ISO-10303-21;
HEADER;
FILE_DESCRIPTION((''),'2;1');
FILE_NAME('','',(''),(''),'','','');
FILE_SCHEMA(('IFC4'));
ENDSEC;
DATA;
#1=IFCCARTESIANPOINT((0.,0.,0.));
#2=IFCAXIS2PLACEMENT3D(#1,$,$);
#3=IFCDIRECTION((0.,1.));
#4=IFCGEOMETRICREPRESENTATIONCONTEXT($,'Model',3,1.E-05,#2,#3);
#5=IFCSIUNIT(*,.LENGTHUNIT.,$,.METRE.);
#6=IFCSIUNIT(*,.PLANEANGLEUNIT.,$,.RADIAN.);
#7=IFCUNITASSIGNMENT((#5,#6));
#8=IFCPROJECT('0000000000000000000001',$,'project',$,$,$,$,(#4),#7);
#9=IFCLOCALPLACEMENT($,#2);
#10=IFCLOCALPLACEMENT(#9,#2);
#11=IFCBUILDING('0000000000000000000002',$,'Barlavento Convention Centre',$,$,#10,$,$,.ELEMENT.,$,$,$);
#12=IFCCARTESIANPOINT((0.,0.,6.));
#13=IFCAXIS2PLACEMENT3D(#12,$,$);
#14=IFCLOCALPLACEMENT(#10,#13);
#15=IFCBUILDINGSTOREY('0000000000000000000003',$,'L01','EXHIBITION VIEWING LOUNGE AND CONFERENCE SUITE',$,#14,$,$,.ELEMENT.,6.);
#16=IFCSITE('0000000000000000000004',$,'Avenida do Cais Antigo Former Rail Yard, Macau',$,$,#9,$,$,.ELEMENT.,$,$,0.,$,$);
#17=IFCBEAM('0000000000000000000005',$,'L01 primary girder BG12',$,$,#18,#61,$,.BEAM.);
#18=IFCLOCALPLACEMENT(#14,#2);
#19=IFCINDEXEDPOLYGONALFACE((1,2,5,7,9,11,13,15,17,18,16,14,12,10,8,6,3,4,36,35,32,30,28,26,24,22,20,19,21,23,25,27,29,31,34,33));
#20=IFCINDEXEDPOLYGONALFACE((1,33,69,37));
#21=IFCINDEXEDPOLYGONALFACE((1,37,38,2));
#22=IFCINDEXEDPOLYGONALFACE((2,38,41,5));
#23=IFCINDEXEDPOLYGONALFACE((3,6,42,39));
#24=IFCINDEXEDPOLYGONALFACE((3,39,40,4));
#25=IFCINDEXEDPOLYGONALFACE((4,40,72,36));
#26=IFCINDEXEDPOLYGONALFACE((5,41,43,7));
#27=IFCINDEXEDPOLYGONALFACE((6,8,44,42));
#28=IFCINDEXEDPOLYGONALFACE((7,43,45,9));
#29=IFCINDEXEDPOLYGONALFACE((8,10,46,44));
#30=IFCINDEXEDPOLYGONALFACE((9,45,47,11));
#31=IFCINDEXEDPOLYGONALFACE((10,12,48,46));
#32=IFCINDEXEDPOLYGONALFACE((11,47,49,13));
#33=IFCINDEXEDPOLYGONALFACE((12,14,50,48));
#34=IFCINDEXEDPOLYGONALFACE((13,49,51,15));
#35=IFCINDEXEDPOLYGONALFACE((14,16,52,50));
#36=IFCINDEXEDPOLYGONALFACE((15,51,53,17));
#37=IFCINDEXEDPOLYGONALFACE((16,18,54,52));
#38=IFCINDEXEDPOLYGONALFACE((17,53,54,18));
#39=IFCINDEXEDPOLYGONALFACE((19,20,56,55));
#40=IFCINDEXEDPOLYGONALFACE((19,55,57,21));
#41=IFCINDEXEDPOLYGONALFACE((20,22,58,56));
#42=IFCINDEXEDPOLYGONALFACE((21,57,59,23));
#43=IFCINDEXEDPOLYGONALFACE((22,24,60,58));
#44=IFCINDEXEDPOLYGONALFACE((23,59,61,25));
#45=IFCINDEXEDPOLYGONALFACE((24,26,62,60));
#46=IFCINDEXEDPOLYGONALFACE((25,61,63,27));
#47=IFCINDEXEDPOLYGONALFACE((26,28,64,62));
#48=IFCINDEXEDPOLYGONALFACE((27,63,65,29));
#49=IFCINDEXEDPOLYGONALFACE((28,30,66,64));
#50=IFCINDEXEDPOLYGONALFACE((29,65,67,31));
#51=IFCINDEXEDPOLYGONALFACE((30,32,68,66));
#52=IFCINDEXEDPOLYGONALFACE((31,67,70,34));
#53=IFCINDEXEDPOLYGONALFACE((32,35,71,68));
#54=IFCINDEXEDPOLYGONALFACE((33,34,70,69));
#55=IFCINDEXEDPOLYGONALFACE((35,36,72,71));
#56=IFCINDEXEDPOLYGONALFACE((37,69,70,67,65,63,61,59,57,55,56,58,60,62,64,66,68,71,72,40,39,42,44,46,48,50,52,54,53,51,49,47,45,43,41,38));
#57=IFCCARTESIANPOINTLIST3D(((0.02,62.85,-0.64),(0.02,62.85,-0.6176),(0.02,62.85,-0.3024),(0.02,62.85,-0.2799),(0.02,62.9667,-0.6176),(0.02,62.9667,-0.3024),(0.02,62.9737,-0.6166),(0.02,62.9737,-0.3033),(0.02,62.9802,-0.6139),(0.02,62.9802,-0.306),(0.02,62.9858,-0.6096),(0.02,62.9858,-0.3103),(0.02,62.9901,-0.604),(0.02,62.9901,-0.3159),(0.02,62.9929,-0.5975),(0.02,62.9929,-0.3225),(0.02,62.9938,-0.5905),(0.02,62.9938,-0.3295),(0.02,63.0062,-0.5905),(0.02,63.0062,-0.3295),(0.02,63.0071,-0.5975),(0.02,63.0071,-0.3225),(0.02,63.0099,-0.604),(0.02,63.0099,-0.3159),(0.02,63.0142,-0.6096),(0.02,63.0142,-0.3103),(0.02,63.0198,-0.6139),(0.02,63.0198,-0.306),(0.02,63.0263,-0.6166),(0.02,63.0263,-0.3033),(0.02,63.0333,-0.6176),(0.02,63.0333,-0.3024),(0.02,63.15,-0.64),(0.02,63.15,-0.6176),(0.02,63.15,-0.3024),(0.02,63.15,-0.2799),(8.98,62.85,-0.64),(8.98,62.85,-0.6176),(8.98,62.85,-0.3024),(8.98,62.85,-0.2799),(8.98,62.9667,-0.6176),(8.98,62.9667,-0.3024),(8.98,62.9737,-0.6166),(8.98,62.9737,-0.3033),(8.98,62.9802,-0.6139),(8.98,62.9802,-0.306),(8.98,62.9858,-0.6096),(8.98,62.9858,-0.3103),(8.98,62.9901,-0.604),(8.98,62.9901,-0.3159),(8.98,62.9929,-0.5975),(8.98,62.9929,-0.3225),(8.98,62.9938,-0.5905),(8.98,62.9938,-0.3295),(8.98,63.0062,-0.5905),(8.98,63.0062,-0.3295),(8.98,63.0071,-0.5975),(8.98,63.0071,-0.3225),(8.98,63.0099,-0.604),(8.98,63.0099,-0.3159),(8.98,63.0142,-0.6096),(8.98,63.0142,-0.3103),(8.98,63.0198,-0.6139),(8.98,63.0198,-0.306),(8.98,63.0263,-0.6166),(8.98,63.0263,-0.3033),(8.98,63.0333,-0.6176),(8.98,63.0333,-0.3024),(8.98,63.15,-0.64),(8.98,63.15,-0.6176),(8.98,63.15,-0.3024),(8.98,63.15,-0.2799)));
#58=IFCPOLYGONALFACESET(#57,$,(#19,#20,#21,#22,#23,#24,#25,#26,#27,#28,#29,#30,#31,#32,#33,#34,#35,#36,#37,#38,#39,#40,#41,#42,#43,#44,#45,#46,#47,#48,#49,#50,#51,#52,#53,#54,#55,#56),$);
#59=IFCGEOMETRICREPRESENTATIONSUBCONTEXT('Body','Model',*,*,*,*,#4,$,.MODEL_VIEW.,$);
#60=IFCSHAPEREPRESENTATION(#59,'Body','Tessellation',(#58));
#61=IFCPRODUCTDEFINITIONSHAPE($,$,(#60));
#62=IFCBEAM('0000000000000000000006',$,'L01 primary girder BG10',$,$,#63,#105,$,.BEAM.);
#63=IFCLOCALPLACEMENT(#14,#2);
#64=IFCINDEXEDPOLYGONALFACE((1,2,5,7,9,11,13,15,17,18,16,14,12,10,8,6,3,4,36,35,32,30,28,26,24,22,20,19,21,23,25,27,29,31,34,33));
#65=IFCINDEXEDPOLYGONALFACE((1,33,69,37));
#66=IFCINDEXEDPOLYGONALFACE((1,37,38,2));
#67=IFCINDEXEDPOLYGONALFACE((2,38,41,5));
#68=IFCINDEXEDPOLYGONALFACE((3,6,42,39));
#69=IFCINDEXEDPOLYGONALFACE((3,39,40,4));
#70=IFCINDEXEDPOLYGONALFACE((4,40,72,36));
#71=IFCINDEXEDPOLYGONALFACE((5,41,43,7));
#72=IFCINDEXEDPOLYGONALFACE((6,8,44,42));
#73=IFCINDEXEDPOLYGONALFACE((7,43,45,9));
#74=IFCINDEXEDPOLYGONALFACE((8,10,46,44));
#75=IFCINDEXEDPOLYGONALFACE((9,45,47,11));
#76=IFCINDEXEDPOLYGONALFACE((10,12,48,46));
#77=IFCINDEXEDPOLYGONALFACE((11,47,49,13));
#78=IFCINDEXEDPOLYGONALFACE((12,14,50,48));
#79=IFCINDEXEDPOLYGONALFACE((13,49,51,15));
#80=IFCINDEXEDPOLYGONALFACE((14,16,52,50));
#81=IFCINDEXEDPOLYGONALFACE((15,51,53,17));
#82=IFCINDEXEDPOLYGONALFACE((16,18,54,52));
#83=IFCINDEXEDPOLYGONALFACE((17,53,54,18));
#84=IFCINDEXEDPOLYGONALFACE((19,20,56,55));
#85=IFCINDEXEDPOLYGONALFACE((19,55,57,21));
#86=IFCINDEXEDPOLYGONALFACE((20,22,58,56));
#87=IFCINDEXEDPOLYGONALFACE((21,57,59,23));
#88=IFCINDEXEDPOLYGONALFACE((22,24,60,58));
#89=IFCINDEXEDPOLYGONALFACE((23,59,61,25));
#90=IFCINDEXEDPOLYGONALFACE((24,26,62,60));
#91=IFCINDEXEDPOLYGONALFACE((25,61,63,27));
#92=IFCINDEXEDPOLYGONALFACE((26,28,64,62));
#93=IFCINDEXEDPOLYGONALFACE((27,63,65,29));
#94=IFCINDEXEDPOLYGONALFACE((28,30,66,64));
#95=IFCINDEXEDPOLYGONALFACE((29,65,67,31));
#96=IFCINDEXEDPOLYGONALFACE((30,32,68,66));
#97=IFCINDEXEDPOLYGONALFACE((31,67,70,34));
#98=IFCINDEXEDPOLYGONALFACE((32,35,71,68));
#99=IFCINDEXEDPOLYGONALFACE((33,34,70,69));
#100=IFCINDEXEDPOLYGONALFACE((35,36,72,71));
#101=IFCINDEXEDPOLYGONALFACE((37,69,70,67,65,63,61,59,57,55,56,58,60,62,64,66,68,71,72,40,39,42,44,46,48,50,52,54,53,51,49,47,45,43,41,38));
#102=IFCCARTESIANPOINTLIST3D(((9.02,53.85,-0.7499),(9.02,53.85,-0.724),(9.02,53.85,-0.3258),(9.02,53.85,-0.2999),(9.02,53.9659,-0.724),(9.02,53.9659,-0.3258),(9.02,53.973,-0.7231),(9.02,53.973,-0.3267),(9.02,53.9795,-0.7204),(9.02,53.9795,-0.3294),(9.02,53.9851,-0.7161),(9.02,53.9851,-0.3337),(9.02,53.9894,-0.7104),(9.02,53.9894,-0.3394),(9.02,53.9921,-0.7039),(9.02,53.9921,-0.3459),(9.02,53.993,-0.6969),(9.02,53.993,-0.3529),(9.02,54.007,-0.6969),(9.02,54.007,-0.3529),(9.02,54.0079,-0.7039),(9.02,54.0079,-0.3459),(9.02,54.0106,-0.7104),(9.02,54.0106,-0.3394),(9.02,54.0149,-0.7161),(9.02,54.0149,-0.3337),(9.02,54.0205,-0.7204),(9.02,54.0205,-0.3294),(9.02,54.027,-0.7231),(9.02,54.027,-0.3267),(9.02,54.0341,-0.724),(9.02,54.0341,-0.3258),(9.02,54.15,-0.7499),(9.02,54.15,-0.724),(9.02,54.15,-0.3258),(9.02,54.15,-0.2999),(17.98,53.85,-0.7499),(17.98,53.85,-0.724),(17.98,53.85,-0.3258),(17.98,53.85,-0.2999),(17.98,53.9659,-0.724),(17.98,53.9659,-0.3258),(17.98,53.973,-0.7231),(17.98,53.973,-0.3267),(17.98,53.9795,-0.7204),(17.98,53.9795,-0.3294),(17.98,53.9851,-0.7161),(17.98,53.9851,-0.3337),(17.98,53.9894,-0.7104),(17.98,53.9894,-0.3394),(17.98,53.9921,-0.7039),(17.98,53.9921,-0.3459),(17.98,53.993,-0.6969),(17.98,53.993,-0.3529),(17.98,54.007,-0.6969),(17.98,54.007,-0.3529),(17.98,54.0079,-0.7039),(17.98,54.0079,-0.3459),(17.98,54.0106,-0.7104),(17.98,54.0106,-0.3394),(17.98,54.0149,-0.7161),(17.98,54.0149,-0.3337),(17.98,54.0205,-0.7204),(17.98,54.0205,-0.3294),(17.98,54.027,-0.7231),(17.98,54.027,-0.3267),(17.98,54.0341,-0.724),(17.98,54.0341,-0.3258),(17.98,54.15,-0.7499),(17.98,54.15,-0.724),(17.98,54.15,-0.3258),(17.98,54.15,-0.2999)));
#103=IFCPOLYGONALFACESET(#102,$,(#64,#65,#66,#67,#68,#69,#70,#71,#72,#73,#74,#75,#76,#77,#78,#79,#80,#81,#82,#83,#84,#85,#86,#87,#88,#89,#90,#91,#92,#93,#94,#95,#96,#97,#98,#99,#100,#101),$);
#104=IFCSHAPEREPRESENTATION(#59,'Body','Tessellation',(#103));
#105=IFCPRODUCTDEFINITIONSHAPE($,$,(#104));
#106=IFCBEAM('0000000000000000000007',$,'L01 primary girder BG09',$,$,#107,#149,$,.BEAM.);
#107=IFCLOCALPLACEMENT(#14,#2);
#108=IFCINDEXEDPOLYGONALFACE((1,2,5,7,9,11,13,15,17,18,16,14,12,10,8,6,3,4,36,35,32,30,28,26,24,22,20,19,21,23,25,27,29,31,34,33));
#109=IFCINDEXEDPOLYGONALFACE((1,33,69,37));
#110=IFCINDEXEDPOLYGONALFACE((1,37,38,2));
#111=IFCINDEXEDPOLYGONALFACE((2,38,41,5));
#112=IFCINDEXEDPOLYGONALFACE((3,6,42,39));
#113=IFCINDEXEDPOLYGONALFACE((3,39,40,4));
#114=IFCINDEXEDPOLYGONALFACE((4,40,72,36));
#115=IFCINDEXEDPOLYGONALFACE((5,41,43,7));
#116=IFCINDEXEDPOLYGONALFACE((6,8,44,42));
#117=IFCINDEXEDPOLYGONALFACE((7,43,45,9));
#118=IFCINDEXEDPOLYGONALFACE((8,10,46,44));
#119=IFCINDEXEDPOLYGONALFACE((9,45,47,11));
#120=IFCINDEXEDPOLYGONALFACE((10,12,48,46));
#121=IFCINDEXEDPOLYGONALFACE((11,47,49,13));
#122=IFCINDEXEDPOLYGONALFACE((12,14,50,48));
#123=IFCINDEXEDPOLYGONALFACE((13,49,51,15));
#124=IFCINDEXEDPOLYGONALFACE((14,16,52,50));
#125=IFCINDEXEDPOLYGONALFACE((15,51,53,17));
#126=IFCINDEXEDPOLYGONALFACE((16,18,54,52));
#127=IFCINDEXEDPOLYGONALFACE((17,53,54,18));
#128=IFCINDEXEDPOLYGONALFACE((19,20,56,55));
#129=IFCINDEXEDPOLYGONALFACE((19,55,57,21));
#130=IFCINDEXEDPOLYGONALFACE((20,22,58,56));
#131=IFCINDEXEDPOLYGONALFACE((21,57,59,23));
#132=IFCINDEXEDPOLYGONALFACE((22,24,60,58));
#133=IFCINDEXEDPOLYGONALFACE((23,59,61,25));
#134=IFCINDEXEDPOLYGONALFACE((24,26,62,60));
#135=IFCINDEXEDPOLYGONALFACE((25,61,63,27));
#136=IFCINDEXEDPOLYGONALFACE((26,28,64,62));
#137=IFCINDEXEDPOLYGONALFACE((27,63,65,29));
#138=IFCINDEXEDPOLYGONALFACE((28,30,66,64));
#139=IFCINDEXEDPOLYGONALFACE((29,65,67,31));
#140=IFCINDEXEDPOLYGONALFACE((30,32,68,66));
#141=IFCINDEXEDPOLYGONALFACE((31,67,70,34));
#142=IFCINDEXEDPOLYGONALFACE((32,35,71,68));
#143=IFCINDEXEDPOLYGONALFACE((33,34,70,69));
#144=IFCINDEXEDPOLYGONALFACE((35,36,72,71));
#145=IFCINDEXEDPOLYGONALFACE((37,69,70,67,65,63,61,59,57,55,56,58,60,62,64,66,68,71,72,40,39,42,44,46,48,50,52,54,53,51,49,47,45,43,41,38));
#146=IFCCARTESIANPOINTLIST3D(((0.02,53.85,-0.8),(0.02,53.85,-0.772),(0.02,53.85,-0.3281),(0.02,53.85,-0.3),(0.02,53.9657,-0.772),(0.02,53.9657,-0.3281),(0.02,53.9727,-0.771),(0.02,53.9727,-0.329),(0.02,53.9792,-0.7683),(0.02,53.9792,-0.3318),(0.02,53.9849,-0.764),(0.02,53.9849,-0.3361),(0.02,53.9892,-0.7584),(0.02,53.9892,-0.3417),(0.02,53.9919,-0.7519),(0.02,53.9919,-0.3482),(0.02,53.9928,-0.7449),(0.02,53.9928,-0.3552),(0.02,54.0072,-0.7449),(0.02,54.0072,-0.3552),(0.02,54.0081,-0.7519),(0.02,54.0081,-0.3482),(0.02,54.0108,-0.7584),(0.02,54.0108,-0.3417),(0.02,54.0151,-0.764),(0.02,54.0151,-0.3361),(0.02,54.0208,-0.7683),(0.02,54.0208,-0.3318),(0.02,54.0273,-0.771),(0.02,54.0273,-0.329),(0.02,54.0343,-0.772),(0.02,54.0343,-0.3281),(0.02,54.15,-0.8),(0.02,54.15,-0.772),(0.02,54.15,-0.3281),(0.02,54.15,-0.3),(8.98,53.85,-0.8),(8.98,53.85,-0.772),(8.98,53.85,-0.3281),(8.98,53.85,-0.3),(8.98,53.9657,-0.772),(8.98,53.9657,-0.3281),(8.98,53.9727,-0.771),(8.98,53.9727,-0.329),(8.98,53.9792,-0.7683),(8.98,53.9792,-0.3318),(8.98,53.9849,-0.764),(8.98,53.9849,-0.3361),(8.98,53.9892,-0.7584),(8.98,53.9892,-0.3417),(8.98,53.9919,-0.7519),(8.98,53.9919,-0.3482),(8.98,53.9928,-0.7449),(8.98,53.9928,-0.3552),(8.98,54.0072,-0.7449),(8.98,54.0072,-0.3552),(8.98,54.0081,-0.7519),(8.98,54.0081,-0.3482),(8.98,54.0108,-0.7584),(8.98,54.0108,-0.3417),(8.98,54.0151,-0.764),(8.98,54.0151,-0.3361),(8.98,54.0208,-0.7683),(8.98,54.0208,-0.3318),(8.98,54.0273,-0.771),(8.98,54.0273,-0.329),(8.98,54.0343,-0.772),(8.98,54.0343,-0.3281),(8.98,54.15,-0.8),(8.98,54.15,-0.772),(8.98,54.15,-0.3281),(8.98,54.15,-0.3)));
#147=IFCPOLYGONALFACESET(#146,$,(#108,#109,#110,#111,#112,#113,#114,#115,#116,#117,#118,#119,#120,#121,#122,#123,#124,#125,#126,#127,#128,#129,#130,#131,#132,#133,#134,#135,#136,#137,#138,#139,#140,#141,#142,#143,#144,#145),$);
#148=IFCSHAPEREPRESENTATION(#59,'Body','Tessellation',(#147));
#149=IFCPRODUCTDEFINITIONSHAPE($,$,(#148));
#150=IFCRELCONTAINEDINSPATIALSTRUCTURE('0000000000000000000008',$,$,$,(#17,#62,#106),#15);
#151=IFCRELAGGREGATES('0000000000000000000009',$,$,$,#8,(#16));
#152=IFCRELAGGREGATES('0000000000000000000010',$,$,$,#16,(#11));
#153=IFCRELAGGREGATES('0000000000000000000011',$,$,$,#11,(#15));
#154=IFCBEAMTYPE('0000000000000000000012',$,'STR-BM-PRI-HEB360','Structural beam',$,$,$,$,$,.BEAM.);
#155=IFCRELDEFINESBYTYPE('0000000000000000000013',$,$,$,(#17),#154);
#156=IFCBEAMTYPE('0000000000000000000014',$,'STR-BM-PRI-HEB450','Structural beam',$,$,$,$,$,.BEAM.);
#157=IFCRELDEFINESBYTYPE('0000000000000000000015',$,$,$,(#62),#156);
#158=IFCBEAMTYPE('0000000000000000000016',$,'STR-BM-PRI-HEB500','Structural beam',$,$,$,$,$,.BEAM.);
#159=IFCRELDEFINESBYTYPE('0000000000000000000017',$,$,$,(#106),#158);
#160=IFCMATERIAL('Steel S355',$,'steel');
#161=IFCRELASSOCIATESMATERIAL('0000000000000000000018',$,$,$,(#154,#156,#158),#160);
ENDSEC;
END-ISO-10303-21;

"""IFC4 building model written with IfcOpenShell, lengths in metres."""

from ifc_helpers import new_model, si_unit, direction, frame, origin, origin_2d, place, context, subcontext, project, spatial, i_section, extrude, material, material_profile, profile_set, type_object, element, save


model = new_model("IFC4")

# Units and contexts
model_context = context("Model", 3, precision=1e-05, world=origin(), true_north=direction((0.0, 1.0)))
body_context = subcontext(model_context, "Body", "Model", "MODEL_VIEW")
ifc_project = project(units=[si_unit("LENGTHUNIT", "METRE"), si_unit("PLANEANGLEUNIT", "RADIAN")], contexts=[model_context])

# Site, building, storey
site_placement = place(None, origin())
site = spatial("IfcSite", under=ifc_project, at=site_placement, Name="Avenida do Cais Antigo Former Rail Yard, Macau", CompositionType="ELEMENT", RefElevation=0.0)
building_placement = place(site_placement, origin())
building = spatial("IfcBuilding", under=site, at=building_placement, Name="Barlavento Convention Centre", CompositionType="ELEMENT")
storey_placement = place(building_placement, frame((0.0, 0.0, 6.0)))
storey = spatial("IfcBuildingStorey", under=building, at=storey_placement, Name="L01", Description="EXHIBITION VIEWING LOUNGE AND CONFERENCE SUITE", CompositionType="ELEMENT", Elevation=6.0)

# Shared definitions
ifc_material_1 = material(Name="Steel S355", Category="steel")

# Beams
ifc_material_profile_1 = material_profile(ifc_material_1, i_section(OverallWidth=0.3, OverallDepth=0.3601, WebThickness=0.0125, FlangeThickness=0.0225, FilletRadius=0.0271, at=origin_2d()), Name="HEB 360")
ifc_profile_set_1 = profile_set([ifc_material_profile_1], Name="Steel S355")
beam_type_1 = type_object("IfcBeamType", Name="STR-BM-PRI-HEB360", Description="Structural beam", PredefinedType="BEAM", material=ifc_profile_set_1)
beam_1_placement = place(storey_placement, frame((0.02, 63.0, -0.46), z_axis=(1.0, 0.0, 0.0), x_axis=(0.0, 1.0, 0.0)))
element("IfcBeam", 1, at=beam_1_placement, inside=storey, type_object=beam_type_1, Name="L01 primary girder BG12", PredefinedType="BEAM", context=body_context, shape_type="SweptSolid", body=[
    extrude(i_section(OverallWidth=0.3, OverallDepth=0.3601, WebThickness=0.0125, FlangeThickness=0.0225, FilletRadius=0.0271, at=origin_2d()), origin(), (0.0, 0.0, 1.0), 8.96),
])
ifc_material_profile_2 = material_profile(ifc_material_1, i_section(OverallWidth=0.3, OverallDepth=0.45, WebThickness=0.0139, FlangeThickness=0.0259, FilletRadius=0.0271, at=origin_2d()), Name="HEB 450")
ifc_profile_set_2 = profile_set([ifc_material_profile_2], Name="Steel S355")
beam_type_2 = type_object("IfcBeamType", Name="STR-BM-PRI-HEB450", Description="Structural beam", PredefinedType="BEAM", material=ifc_profile_set_2)
beam_2_placement = place(storey_placement, frame((9.02, 54.0, -0.5249), z_axis=(1.0, 0.0, 0.0), x_axis=(0.0, 1.0, 0.0)))
element("IfcBeam", 2, at=beam_2_placement, inside=storey, type_object=beam_type_2, Name="L01 primary girder BG10", PredefinedType="BEAM", context=body_context, shape_type="SweptSolid", body=[
    extrude(i_section(OverallWidth=0.3, OverallDepth=0.45, WebThickness=0.0139, FlangeThickness=0.0259, FilletRadius=0.0271, at=origin_2d()), origin(), (0.0, 0.0, 1.0), 8.96),
])
ifc_material_profile_3 = material_profile(ifc_material_1, i_section(OverallWidth=0.3, OverallDepth=0.5, WebThickness=0.0144, FlangeThickness=0.0281, FilletRadius=0.0271, at=origin_2d()), Name="HEB 500")
ifc_profile_set_3 = profile_set([ifc_material_profile_3], Name="Steel S355")
beam_type_3 = type_object("IfcBeamType", Name="STR-BM-PRI-HEB500", Description="Structural beam", PredefinedType="BEAM", material=ifc_profile_set_3)
beam_3_placement = place(storey_placement, frame((0.02, 54.0, -0.55), z_axis=(1.0, 0.0, 0.0), x_axis=(0.0, 1.0, 0.0)))
element("IfcBeam", 3, at=beam_3_placement, inside=storey, type_object=beam_type_3, Name="L01 primary girder BG09", PredefinedType="BEAM", context=body_context, shape_type="SweptSolid", body=[
    extrude(i_section(OverallWidth=0.3, OverallDepth=0.5, WebThickness=0.0144, FlangeThickness=0.0281, FilletRadius=0.0271, at=origin_2d()), origin(), (0.0, 0.0, 1.0), 8.96),
])

save(model, "model.ifc")
